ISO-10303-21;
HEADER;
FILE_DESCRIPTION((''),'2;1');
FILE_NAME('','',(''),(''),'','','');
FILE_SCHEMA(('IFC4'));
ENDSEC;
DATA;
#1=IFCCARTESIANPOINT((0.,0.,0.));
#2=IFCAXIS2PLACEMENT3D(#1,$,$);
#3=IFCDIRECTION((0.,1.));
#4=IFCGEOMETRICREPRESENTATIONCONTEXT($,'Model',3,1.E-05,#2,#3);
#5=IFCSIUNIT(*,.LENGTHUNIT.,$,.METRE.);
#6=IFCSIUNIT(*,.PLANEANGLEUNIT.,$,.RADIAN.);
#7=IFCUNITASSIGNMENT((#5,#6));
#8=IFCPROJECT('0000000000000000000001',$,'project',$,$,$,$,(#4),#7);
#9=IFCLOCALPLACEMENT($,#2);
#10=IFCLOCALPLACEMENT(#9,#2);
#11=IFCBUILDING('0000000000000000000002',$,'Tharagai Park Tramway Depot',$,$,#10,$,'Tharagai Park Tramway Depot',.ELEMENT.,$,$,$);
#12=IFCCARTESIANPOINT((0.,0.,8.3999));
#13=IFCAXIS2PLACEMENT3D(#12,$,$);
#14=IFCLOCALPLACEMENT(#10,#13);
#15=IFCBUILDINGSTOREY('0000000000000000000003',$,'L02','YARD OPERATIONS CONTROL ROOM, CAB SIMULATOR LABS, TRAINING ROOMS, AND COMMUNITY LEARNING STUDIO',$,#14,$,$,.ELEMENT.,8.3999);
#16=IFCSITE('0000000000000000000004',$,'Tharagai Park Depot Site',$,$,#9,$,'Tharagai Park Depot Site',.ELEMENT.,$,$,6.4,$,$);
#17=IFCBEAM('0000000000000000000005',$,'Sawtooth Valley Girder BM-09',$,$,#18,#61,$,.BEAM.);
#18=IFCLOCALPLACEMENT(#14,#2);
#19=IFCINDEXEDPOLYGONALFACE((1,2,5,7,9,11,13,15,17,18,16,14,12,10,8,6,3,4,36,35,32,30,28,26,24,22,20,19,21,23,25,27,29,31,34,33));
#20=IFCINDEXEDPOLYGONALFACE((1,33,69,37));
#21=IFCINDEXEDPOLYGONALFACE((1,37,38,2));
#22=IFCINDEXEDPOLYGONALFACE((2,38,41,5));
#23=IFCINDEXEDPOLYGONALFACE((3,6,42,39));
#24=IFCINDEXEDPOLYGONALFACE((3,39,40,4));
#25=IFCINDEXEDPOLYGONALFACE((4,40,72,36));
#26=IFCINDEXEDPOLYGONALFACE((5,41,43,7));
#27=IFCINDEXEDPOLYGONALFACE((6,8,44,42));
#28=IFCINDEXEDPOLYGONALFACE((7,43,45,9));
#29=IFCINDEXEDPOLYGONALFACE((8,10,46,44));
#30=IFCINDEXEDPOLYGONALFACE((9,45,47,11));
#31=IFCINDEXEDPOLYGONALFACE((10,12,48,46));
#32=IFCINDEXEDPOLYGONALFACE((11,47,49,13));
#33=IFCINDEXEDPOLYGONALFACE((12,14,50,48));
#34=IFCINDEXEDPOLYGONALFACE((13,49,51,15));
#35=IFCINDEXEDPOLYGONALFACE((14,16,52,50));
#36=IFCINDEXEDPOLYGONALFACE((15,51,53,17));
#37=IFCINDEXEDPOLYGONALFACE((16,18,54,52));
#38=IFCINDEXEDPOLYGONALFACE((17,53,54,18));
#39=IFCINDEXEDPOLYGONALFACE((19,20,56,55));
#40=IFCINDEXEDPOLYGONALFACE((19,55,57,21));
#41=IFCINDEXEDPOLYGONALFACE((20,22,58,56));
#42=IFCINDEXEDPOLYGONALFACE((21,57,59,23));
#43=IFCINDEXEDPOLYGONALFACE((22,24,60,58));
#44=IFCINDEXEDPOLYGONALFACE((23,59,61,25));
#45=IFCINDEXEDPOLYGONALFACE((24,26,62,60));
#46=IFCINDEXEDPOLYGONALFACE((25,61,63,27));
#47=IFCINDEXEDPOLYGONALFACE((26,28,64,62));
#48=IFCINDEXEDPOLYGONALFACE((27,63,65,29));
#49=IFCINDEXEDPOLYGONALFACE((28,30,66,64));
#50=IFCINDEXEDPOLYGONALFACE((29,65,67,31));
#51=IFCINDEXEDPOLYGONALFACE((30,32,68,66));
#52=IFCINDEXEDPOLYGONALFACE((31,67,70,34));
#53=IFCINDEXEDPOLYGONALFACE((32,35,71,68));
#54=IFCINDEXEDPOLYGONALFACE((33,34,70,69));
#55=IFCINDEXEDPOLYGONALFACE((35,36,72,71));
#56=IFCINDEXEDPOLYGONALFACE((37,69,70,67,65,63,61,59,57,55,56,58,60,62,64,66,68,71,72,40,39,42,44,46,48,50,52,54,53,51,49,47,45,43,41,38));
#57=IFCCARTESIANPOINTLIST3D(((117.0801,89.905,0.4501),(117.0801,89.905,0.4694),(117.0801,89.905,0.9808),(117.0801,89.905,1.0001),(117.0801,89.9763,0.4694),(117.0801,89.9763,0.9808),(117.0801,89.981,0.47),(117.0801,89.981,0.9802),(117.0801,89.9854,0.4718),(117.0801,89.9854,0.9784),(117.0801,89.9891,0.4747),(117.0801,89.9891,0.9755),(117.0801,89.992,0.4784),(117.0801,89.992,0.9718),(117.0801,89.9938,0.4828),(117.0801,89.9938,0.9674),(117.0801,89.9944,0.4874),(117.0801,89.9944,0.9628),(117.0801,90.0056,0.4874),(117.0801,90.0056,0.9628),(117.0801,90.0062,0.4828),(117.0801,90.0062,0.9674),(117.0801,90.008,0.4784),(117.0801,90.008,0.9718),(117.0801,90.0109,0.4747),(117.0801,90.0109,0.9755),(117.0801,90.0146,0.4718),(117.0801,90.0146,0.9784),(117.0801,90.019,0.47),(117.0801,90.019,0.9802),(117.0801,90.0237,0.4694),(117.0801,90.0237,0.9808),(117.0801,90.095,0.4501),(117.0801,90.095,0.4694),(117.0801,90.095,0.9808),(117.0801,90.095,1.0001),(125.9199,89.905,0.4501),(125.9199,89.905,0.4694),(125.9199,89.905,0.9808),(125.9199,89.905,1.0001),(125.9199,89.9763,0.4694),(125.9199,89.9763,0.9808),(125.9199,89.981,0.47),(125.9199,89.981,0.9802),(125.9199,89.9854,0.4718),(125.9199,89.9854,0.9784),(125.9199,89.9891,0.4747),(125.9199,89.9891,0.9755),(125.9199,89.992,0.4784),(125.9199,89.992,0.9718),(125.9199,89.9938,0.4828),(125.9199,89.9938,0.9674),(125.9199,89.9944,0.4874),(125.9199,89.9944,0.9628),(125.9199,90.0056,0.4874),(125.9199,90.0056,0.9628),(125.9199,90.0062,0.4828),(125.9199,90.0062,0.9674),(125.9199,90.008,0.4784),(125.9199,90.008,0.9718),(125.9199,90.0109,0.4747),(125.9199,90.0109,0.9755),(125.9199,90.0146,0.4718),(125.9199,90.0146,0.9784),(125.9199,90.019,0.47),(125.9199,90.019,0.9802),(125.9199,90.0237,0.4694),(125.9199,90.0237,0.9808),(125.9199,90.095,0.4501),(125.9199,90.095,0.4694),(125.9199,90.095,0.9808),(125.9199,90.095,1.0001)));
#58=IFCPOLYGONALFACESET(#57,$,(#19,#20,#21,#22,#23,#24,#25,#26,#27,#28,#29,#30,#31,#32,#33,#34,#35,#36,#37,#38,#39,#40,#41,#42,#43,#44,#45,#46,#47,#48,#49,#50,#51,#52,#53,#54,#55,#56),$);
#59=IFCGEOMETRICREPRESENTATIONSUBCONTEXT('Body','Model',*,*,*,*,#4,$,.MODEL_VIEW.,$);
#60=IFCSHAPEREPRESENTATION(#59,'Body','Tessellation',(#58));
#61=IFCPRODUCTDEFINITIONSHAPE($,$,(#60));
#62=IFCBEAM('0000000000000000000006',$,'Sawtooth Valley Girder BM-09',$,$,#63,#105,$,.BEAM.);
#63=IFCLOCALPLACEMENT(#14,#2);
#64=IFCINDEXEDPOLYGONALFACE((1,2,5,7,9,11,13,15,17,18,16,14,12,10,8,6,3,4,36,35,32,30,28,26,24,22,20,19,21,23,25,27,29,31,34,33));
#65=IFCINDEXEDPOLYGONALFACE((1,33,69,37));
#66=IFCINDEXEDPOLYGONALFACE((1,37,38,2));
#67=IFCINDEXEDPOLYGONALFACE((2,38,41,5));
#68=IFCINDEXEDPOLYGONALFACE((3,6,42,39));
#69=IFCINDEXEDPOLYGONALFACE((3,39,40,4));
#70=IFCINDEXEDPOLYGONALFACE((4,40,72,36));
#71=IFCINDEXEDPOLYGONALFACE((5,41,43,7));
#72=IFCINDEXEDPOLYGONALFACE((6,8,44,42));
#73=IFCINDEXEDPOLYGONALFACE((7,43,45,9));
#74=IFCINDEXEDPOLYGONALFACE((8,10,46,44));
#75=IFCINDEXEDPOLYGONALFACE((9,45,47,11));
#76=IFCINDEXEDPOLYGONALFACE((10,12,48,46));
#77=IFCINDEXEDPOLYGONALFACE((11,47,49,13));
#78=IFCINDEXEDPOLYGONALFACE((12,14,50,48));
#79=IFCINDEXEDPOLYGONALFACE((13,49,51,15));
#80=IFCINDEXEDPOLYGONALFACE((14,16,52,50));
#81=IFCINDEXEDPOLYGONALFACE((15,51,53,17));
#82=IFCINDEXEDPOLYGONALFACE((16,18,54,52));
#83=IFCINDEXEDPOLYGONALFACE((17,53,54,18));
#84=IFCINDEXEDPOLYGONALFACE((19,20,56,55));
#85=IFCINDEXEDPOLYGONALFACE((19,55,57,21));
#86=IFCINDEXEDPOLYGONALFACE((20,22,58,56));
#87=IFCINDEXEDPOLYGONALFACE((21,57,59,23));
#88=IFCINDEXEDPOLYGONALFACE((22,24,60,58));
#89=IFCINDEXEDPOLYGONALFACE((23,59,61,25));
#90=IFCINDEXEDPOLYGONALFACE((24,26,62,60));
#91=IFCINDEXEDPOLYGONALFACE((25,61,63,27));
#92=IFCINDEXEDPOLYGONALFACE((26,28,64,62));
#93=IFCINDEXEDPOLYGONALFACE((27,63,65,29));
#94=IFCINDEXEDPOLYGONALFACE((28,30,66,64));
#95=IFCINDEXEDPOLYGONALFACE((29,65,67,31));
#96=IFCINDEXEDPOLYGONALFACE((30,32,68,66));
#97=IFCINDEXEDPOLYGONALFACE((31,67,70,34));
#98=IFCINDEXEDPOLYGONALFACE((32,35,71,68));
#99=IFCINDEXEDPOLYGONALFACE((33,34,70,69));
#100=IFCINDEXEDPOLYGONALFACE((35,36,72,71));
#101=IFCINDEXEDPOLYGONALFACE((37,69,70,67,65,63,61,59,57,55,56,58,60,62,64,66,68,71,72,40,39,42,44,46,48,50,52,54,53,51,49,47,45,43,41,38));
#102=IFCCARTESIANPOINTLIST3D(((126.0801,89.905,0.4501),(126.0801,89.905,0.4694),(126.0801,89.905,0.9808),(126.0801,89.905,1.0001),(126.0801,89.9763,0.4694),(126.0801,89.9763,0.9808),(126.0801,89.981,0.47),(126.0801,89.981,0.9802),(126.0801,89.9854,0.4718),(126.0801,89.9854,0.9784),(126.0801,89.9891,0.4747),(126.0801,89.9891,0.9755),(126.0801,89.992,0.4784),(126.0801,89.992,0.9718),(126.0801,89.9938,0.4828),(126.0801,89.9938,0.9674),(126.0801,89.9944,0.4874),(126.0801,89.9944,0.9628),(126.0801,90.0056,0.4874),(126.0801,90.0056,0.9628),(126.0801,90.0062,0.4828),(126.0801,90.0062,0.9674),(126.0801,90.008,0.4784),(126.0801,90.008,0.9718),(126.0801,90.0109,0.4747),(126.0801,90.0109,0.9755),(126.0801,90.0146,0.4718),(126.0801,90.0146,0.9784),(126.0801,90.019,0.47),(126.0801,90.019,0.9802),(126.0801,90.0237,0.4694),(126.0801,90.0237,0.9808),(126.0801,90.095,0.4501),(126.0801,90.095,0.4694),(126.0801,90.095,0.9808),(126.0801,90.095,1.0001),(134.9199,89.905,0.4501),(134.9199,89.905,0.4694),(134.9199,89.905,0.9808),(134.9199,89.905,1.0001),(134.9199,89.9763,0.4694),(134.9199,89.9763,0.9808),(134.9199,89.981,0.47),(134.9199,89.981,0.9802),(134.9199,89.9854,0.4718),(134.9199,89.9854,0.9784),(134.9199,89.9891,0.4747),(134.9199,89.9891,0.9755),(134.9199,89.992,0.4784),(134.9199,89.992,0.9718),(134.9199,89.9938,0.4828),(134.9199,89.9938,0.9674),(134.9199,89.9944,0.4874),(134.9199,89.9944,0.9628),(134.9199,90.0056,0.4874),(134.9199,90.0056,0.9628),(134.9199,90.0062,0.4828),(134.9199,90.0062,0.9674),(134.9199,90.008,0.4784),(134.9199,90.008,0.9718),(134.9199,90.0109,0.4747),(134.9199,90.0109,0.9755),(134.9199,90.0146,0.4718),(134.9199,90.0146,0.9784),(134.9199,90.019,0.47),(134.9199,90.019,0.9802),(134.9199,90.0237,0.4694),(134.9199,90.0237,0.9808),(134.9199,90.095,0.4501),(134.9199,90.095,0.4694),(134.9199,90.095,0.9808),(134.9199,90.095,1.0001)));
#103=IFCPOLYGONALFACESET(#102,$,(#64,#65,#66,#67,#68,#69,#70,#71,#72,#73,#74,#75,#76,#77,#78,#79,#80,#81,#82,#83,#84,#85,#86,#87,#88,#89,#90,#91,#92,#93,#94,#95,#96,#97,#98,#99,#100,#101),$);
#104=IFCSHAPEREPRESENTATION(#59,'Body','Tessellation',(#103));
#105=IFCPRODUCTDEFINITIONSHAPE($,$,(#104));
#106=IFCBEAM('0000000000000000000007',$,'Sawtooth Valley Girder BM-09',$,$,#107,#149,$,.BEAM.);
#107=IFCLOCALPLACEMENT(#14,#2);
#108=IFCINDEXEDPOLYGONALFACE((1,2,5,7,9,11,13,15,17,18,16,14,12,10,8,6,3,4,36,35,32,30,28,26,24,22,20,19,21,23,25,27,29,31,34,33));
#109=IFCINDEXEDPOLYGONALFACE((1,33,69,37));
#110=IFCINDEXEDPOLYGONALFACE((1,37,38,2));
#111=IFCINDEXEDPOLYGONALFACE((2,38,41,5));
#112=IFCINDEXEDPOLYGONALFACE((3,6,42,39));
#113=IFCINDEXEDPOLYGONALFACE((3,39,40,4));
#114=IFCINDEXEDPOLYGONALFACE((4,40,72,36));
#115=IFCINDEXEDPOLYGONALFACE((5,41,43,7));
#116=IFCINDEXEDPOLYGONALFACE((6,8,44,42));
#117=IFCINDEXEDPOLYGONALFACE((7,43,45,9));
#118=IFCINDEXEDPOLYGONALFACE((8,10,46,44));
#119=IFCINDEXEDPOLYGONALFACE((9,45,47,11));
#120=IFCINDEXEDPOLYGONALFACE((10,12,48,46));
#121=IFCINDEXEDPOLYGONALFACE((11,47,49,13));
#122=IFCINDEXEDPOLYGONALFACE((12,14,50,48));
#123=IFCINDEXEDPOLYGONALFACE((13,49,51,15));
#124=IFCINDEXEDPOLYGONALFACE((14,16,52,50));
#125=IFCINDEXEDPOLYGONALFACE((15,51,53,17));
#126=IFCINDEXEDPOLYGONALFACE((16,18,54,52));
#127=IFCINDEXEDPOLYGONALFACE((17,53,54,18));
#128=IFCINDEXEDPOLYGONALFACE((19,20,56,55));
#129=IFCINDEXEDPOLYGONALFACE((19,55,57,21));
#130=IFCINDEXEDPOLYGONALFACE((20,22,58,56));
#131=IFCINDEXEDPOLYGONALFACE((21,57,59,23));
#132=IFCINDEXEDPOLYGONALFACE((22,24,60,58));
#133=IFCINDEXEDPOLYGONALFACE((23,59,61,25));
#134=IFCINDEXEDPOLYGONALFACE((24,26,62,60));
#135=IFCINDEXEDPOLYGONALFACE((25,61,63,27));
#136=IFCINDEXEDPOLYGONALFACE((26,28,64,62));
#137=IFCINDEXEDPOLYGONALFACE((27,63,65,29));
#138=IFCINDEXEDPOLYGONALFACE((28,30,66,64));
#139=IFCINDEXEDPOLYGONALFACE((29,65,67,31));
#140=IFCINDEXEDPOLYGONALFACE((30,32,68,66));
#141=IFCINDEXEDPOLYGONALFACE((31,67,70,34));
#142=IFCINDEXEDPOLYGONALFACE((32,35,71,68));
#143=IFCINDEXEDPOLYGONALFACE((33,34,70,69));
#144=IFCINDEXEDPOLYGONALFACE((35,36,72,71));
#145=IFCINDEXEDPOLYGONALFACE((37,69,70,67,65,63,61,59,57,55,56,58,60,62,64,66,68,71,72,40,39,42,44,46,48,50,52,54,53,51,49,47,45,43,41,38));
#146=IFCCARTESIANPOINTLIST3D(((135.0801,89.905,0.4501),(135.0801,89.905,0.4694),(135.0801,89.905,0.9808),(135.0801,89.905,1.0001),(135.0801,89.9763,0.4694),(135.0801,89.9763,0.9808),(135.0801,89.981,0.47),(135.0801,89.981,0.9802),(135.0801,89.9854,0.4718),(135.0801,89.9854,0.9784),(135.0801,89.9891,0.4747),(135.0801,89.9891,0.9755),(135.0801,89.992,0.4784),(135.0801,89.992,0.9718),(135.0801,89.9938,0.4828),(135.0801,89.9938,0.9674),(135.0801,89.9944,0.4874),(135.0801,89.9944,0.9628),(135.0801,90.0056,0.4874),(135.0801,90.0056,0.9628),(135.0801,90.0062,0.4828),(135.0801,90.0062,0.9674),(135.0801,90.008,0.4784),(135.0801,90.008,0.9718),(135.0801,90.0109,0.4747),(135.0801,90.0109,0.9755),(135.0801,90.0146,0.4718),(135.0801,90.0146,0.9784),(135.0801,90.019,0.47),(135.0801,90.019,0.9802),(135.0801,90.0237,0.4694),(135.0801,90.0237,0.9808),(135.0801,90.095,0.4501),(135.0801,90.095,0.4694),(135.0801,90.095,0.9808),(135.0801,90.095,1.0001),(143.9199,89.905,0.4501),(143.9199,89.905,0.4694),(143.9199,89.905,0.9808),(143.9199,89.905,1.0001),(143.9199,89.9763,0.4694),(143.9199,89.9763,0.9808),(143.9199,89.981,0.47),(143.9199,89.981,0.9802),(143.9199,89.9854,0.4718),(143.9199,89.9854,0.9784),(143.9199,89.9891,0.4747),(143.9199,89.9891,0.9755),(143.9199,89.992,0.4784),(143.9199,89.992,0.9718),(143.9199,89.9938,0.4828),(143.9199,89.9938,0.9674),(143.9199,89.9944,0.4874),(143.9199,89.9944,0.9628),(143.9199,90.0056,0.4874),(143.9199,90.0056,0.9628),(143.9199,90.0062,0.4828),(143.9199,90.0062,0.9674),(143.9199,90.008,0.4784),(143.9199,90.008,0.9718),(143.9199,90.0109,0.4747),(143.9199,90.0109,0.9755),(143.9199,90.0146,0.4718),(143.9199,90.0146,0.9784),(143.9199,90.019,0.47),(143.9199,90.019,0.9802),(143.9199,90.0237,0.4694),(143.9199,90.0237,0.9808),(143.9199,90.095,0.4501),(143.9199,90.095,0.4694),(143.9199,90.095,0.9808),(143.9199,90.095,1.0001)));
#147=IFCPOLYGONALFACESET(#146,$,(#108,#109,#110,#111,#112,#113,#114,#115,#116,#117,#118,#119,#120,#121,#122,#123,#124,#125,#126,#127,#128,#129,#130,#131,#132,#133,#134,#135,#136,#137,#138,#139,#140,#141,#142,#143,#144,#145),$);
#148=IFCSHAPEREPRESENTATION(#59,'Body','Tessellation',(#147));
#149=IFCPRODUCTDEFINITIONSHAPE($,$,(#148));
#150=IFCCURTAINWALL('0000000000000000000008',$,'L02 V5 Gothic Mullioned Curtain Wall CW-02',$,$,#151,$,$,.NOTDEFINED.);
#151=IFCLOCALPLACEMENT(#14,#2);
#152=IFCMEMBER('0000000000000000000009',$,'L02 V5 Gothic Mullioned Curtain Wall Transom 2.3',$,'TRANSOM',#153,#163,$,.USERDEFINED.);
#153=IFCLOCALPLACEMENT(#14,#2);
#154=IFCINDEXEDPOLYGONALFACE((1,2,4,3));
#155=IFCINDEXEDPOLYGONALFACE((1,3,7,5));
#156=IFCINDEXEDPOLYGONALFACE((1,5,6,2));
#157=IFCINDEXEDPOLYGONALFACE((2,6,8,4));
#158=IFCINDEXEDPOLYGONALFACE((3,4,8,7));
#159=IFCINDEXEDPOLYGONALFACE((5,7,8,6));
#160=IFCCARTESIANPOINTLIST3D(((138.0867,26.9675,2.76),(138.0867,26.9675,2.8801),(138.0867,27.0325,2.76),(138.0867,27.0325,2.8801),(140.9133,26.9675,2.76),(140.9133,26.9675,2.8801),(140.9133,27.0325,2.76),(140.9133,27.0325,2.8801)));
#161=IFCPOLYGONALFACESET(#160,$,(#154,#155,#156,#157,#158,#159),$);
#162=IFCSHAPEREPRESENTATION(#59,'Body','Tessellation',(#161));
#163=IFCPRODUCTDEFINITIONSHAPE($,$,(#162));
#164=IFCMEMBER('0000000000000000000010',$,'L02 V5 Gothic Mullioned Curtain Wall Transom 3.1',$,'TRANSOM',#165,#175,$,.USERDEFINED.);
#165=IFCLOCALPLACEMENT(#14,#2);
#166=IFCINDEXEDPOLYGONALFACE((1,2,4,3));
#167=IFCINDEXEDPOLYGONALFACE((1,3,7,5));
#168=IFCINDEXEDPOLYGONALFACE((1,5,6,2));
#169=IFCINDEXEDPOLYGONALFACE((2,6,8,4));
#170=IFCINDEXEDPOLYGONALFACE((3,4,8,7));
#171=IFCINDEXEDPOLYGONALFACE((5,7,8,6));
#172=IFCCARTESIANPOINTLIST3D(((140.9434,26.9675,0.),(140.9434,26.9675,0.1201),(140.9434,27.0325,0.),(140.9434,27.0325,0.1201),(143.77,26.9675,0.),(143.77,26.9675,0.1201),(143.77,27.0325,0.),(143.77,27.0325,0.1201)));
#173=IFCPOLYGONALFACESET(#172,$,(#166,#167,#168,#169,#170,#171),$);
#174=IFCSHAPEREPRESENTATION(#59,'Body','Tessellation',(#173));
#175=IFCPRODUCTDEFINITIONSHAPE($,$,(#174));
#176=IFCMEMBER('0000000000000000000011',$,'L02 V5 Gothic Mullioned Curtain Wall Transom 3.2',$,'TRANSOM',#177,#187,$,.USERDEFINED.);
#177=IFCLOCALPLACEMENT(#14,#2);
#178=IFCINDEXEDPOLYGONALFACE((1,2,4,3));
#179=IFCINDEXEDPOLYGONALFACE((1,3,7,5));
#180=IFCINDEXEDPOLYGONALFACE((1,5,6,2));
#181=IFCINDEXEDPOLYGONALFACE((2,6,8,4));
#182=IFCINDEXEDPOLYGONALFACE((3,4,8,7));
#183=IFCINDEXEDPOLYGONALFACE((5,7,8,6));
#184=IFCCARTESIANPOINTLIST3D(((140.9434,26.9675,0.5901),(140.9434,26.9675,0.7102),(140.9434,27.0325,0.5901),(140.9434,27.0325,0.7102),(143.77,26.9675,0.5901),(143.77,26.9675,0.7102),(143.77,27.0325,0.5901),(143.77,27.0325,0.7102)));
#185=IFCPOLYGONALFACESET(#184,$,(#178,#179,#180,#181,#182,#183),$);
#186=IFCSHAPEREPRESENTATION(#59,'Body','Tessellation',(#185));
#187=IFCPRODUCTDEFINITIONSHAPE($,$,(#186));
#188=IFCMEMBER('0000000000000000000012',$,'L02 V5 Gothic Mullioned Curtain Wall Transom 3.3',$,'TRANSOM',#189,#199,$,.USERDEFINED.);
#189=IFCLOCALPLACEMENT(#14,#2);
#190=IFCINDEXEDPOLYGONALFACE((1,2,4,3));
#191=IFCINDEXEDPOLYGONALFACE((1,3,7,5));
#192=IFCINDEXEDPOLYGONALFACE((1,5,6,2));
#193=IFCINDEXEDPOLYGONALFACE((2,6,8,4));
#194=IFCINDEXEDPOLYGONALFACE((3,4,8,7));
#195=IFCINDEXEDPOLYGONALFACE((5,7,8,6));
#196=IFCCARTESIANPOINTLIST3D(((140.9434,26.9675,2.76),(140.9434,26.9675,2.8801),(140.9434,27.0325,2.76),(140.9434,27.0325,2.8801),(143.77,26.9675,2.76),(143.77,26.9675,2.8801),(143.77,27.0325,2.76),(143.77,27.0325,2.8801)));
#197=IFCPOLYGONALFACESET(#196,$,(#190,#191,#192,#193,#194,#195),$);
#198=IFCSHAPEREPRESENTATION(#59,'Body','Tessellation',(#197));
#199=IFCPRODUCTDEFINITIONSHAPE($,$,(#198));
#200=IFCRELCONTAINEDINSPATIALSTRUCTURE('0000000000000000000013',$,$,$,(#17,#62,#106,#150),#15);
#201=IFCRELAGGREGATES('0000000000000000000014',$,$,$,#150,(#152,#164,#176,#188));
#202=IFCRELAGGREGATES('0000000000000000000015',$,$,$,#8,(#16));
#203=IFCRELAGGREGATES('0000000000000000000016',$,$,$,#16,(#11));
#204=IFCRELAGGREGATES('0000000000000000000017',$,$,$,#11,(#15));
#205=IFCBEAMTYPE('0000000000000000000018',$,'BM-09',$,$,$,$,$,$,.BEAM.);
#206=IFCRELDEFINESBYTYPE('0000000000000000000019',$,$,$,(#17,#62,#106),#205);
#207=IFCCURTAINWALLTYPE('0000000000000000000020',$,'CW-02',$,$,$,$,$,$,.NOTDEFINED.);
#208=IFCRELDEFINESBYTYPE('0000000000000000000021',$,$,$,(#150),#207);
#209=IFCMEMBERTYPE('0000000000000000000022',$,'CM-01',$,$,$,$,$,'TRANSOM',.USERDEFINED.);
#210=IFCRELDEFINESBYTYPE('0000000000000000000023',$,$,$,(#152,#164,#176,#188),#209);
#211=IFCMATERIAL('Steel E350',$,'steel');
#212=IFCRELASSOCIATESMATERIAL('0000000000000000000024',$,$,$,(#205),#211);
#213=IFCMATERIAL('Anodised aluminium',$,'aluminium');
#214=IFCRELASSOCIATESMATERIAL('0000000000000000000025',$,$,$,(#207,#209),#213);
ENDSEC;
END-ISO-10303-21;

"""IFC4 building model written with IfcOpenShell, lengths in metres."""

from ifc_helpers import new_model, si_unit, direction, frame, origin, origin_2d, place, context, subcontext, project, spatial, rectangle, i_section, extrude, material, material_profile, profile_set, type_object, element, aggregate, save


model = new_model("IFC4")

# Units and contexts
model_context = context("Model", 3, precision=1e-05, world=origin(), true_north=direction((0.0, 1.0)))
body_context = subcontext(model_context, "Body", "Model", "MODEL_VIEW")
ifc_project = project(units=[si_unit("LENGTHUNIT", "METRE"), si_unit("PLANEANGLEUNIT", "RADIAN")], contexts=[model_context])

# Site, building, storey
site_placement = place(None, origin())
site = spatial("IfcSite", under=ifc_project, at=site_placement, Name="Tharagai Park Depot Site", LongName="Tharagai Park Depot Site", CompositionType="ELEMENT", RefElevation=6.4)
building_placement = place(site_placement, origin())
building = spatial("IfcBuilding", under=site, at=building_placement, Name="Tharagai Park Tramway Depot", LongName="Tharagai Park Tramway Depot", CompositionType="ELEMENT")
storey_placement = place(building_placement, frame((0.0, 0.0, 8.3999)))
storey = spatial("IfcBuildingStorey", under=building, at=storey_placement, Name="L02", Description="YARD OPERATIONS CONTROL ROOM, CAB SIMULATOR LABS, TRAINING ROOMS, AND COMMUNITY LEARNING STUDIO", CompositionType="ELEMENT", Elevation=8.3999)

# Shared definitions
ifc_material_1 = material(Name="Steel E350", Category="steel")

# Beams
ifc_material_profile_1 = material_profile(ifc_material_1, i_section(OverallWidth=0.1899, OverallDepth=0.55, WebThickness=0.0112, FlangeThickness=0.0193, FilletRadius=0.0181, at=origin_2d()), Name="ISMB 550")
ifc_profile_set_1 = profile_set([ifc_material_profile_1], Name="Steel E350")
beam_type_1 = type_object("IfcBeamType", Name="BM-09", PredefinedType="BEAM", material=ifc_profile_set_1)
for number, where, z_axis, x_axis, name in (
    (1, (117.0801, 90.0, 0.7251), (1.0, 0.0, 0.0), (0.0, 1.0, 0.0), "Sawtooth Valley Girder BM-09"),
    (2, (126.0801, 90.0, 0.7251), (1.0, 0.0, 0.0), (0.0, 1.0, 0.0), "Sawtooth Valley Girder BM-09"),
    (3, (135.0801, 90.0, 0.7251), (1.0, 0.0, 0.0), (0.0, 1.0, 0.0), "Sawtooth Valley Girder BM-09"),
):
    element("IfcBeam", number, at=place(storey_placement, frame(where, z_axis=z_axis, x_axis=x_axis)), inside=storey, type_object=beam_type_1, Name=name, PredefinedType="BEAM", context=body_context, shape_type="SweptSolid", body=[
        extrude(i_section(OverallWidth=0.1899, OverallDepth=0.55, WebThickness=0.0112, FlangeThickness=0.0193, FilletRadius=0.0181, at=origin_2d()), origin(), (0.0, 0.0, 1.0), 8.8398),
    ])

# Curtain wall, members
ifc_material_2 = material(Name="Anodised aluminium", Category="aluminium")
curtain_wall_type = type_object("IfcCurtainWallType", Name="CW-02", PredefinedType="NOTDEFINED", material=ifc_material_2)
curtain_wall_placement = place(storey_placement, origin())
curtain_wall = element("IfcCurtainWall", 4, at=curtain_wall_placement, inside=storey, type_object=curtain_wall_type, Name="L02 V5 Gothic Mullioned Curtain Wall CW-02", PredefinedType="NOTDEFINED")
ifc_material_profile_2 = material_profile(ifc_material_2, rectangle(XDim=0.0649, YDim=0.1201, at=origin_2d()), Name="ALU 65x120")
ifc_profile_set_2 = profile_set([ifc_material_profile_2], Name="Anodised aluminium")
member_type_1 = type_object("IfcMemberType", Name="CM-01", ElementType="TRANSOM", PredefinedType="USERDEFINED", material=ifc_profile_set_2)
member_1_placement = place(storey_placement, frame((138.0867, 27.0, 2.8201), z_axis=(1.0, 0.0, 0.0), x_axis=(0.0, 1.0, 0.0)))
member_1 = element("IfcMember", 5, at=member_1_placement, type_object=member_type_1, Name="L02 V5 Gothic Mullioned Curtain Wall Transom 2.3", ObjectType="TRANSOM", PredefinedType="USERDEFINED", context=body_context, shape_type="SweptSolid", body=[
    extrude(rectangle(XDim=0.0649, YDim=0.1201, at=origin_2d()), origin(), (0.0, 0.0, 1.0), 2.8267),
])
member_2_placement = place(storey_placement, frame((140.9434, 27.0, 0.0601), z_axis=(1.0, 0.0, 0.0), x_axis=(0.0, 1.0, 0.0)))
member_2 = element("IfcMember", 6, at=member_2_placement, type_object=member_type_1, Name="L02 V5 Gothic Mullioned Curtain Wall Transom 3.1", ObjectType="TRANSOM", PredefinedType="USERDEFINED", context=body_context, shape_type="SweptSolid", body=[
    extrude(rectangle(XDim=0.0649, YDim=0.1201, at=origin_2d()), origin(), (0.0, 0.0, 1.0), 2.8267),
])
member_3_placement = place(storey_placement, frame((140.9434, 27.0, 0.6501), z_axis=(1.0, 0.0, 0.0), x_axis=(0.0, 1.0, 0.0)))
member_3 = element("IfcMember", 7, at=member_3_placement, type_object=member_type_1, Name="L02 V5 Gothic Mullioned Curtain Wall Transom 3.2", ObjectType="TRANSOM", PredefinedType="USERDEFINED", context=body_context, shape_type="SweptSolid", body=[
    extrude(rectangle(XDim=0.0649, YDim=0.1201, at=origin_2d()), origin(), (0.0, 0.0, 1.0), 2.8267),
])
member_4_placement = place(storey_placement, frame((140.9434, 27.0, 2.8201), z_axis=(1.0, 0.0, 0.0), x_axis=(0.0, 1.0, 0.0)))
member_4 = element("IfcMember", 8, at=member_4_placement, type_object=member_type_1, Name="L02 V5 Gothic Mullioned Curtain Wall Transom 3.3", ObjectType="TRANSOM", PredefinedType="USERDEFINED", context=body_context, shape_type="SweptSolid", body=[
    extrude(rectangle(XDim=0.0649, YDim=0.1201, at=origin_2d()), origin(), (0.0, 0.0, 1.0), 2.8267),
])

aggregate(curtain_wall, [member_1, member_2, member_3, member_4])

save(model, "model.ifc")
